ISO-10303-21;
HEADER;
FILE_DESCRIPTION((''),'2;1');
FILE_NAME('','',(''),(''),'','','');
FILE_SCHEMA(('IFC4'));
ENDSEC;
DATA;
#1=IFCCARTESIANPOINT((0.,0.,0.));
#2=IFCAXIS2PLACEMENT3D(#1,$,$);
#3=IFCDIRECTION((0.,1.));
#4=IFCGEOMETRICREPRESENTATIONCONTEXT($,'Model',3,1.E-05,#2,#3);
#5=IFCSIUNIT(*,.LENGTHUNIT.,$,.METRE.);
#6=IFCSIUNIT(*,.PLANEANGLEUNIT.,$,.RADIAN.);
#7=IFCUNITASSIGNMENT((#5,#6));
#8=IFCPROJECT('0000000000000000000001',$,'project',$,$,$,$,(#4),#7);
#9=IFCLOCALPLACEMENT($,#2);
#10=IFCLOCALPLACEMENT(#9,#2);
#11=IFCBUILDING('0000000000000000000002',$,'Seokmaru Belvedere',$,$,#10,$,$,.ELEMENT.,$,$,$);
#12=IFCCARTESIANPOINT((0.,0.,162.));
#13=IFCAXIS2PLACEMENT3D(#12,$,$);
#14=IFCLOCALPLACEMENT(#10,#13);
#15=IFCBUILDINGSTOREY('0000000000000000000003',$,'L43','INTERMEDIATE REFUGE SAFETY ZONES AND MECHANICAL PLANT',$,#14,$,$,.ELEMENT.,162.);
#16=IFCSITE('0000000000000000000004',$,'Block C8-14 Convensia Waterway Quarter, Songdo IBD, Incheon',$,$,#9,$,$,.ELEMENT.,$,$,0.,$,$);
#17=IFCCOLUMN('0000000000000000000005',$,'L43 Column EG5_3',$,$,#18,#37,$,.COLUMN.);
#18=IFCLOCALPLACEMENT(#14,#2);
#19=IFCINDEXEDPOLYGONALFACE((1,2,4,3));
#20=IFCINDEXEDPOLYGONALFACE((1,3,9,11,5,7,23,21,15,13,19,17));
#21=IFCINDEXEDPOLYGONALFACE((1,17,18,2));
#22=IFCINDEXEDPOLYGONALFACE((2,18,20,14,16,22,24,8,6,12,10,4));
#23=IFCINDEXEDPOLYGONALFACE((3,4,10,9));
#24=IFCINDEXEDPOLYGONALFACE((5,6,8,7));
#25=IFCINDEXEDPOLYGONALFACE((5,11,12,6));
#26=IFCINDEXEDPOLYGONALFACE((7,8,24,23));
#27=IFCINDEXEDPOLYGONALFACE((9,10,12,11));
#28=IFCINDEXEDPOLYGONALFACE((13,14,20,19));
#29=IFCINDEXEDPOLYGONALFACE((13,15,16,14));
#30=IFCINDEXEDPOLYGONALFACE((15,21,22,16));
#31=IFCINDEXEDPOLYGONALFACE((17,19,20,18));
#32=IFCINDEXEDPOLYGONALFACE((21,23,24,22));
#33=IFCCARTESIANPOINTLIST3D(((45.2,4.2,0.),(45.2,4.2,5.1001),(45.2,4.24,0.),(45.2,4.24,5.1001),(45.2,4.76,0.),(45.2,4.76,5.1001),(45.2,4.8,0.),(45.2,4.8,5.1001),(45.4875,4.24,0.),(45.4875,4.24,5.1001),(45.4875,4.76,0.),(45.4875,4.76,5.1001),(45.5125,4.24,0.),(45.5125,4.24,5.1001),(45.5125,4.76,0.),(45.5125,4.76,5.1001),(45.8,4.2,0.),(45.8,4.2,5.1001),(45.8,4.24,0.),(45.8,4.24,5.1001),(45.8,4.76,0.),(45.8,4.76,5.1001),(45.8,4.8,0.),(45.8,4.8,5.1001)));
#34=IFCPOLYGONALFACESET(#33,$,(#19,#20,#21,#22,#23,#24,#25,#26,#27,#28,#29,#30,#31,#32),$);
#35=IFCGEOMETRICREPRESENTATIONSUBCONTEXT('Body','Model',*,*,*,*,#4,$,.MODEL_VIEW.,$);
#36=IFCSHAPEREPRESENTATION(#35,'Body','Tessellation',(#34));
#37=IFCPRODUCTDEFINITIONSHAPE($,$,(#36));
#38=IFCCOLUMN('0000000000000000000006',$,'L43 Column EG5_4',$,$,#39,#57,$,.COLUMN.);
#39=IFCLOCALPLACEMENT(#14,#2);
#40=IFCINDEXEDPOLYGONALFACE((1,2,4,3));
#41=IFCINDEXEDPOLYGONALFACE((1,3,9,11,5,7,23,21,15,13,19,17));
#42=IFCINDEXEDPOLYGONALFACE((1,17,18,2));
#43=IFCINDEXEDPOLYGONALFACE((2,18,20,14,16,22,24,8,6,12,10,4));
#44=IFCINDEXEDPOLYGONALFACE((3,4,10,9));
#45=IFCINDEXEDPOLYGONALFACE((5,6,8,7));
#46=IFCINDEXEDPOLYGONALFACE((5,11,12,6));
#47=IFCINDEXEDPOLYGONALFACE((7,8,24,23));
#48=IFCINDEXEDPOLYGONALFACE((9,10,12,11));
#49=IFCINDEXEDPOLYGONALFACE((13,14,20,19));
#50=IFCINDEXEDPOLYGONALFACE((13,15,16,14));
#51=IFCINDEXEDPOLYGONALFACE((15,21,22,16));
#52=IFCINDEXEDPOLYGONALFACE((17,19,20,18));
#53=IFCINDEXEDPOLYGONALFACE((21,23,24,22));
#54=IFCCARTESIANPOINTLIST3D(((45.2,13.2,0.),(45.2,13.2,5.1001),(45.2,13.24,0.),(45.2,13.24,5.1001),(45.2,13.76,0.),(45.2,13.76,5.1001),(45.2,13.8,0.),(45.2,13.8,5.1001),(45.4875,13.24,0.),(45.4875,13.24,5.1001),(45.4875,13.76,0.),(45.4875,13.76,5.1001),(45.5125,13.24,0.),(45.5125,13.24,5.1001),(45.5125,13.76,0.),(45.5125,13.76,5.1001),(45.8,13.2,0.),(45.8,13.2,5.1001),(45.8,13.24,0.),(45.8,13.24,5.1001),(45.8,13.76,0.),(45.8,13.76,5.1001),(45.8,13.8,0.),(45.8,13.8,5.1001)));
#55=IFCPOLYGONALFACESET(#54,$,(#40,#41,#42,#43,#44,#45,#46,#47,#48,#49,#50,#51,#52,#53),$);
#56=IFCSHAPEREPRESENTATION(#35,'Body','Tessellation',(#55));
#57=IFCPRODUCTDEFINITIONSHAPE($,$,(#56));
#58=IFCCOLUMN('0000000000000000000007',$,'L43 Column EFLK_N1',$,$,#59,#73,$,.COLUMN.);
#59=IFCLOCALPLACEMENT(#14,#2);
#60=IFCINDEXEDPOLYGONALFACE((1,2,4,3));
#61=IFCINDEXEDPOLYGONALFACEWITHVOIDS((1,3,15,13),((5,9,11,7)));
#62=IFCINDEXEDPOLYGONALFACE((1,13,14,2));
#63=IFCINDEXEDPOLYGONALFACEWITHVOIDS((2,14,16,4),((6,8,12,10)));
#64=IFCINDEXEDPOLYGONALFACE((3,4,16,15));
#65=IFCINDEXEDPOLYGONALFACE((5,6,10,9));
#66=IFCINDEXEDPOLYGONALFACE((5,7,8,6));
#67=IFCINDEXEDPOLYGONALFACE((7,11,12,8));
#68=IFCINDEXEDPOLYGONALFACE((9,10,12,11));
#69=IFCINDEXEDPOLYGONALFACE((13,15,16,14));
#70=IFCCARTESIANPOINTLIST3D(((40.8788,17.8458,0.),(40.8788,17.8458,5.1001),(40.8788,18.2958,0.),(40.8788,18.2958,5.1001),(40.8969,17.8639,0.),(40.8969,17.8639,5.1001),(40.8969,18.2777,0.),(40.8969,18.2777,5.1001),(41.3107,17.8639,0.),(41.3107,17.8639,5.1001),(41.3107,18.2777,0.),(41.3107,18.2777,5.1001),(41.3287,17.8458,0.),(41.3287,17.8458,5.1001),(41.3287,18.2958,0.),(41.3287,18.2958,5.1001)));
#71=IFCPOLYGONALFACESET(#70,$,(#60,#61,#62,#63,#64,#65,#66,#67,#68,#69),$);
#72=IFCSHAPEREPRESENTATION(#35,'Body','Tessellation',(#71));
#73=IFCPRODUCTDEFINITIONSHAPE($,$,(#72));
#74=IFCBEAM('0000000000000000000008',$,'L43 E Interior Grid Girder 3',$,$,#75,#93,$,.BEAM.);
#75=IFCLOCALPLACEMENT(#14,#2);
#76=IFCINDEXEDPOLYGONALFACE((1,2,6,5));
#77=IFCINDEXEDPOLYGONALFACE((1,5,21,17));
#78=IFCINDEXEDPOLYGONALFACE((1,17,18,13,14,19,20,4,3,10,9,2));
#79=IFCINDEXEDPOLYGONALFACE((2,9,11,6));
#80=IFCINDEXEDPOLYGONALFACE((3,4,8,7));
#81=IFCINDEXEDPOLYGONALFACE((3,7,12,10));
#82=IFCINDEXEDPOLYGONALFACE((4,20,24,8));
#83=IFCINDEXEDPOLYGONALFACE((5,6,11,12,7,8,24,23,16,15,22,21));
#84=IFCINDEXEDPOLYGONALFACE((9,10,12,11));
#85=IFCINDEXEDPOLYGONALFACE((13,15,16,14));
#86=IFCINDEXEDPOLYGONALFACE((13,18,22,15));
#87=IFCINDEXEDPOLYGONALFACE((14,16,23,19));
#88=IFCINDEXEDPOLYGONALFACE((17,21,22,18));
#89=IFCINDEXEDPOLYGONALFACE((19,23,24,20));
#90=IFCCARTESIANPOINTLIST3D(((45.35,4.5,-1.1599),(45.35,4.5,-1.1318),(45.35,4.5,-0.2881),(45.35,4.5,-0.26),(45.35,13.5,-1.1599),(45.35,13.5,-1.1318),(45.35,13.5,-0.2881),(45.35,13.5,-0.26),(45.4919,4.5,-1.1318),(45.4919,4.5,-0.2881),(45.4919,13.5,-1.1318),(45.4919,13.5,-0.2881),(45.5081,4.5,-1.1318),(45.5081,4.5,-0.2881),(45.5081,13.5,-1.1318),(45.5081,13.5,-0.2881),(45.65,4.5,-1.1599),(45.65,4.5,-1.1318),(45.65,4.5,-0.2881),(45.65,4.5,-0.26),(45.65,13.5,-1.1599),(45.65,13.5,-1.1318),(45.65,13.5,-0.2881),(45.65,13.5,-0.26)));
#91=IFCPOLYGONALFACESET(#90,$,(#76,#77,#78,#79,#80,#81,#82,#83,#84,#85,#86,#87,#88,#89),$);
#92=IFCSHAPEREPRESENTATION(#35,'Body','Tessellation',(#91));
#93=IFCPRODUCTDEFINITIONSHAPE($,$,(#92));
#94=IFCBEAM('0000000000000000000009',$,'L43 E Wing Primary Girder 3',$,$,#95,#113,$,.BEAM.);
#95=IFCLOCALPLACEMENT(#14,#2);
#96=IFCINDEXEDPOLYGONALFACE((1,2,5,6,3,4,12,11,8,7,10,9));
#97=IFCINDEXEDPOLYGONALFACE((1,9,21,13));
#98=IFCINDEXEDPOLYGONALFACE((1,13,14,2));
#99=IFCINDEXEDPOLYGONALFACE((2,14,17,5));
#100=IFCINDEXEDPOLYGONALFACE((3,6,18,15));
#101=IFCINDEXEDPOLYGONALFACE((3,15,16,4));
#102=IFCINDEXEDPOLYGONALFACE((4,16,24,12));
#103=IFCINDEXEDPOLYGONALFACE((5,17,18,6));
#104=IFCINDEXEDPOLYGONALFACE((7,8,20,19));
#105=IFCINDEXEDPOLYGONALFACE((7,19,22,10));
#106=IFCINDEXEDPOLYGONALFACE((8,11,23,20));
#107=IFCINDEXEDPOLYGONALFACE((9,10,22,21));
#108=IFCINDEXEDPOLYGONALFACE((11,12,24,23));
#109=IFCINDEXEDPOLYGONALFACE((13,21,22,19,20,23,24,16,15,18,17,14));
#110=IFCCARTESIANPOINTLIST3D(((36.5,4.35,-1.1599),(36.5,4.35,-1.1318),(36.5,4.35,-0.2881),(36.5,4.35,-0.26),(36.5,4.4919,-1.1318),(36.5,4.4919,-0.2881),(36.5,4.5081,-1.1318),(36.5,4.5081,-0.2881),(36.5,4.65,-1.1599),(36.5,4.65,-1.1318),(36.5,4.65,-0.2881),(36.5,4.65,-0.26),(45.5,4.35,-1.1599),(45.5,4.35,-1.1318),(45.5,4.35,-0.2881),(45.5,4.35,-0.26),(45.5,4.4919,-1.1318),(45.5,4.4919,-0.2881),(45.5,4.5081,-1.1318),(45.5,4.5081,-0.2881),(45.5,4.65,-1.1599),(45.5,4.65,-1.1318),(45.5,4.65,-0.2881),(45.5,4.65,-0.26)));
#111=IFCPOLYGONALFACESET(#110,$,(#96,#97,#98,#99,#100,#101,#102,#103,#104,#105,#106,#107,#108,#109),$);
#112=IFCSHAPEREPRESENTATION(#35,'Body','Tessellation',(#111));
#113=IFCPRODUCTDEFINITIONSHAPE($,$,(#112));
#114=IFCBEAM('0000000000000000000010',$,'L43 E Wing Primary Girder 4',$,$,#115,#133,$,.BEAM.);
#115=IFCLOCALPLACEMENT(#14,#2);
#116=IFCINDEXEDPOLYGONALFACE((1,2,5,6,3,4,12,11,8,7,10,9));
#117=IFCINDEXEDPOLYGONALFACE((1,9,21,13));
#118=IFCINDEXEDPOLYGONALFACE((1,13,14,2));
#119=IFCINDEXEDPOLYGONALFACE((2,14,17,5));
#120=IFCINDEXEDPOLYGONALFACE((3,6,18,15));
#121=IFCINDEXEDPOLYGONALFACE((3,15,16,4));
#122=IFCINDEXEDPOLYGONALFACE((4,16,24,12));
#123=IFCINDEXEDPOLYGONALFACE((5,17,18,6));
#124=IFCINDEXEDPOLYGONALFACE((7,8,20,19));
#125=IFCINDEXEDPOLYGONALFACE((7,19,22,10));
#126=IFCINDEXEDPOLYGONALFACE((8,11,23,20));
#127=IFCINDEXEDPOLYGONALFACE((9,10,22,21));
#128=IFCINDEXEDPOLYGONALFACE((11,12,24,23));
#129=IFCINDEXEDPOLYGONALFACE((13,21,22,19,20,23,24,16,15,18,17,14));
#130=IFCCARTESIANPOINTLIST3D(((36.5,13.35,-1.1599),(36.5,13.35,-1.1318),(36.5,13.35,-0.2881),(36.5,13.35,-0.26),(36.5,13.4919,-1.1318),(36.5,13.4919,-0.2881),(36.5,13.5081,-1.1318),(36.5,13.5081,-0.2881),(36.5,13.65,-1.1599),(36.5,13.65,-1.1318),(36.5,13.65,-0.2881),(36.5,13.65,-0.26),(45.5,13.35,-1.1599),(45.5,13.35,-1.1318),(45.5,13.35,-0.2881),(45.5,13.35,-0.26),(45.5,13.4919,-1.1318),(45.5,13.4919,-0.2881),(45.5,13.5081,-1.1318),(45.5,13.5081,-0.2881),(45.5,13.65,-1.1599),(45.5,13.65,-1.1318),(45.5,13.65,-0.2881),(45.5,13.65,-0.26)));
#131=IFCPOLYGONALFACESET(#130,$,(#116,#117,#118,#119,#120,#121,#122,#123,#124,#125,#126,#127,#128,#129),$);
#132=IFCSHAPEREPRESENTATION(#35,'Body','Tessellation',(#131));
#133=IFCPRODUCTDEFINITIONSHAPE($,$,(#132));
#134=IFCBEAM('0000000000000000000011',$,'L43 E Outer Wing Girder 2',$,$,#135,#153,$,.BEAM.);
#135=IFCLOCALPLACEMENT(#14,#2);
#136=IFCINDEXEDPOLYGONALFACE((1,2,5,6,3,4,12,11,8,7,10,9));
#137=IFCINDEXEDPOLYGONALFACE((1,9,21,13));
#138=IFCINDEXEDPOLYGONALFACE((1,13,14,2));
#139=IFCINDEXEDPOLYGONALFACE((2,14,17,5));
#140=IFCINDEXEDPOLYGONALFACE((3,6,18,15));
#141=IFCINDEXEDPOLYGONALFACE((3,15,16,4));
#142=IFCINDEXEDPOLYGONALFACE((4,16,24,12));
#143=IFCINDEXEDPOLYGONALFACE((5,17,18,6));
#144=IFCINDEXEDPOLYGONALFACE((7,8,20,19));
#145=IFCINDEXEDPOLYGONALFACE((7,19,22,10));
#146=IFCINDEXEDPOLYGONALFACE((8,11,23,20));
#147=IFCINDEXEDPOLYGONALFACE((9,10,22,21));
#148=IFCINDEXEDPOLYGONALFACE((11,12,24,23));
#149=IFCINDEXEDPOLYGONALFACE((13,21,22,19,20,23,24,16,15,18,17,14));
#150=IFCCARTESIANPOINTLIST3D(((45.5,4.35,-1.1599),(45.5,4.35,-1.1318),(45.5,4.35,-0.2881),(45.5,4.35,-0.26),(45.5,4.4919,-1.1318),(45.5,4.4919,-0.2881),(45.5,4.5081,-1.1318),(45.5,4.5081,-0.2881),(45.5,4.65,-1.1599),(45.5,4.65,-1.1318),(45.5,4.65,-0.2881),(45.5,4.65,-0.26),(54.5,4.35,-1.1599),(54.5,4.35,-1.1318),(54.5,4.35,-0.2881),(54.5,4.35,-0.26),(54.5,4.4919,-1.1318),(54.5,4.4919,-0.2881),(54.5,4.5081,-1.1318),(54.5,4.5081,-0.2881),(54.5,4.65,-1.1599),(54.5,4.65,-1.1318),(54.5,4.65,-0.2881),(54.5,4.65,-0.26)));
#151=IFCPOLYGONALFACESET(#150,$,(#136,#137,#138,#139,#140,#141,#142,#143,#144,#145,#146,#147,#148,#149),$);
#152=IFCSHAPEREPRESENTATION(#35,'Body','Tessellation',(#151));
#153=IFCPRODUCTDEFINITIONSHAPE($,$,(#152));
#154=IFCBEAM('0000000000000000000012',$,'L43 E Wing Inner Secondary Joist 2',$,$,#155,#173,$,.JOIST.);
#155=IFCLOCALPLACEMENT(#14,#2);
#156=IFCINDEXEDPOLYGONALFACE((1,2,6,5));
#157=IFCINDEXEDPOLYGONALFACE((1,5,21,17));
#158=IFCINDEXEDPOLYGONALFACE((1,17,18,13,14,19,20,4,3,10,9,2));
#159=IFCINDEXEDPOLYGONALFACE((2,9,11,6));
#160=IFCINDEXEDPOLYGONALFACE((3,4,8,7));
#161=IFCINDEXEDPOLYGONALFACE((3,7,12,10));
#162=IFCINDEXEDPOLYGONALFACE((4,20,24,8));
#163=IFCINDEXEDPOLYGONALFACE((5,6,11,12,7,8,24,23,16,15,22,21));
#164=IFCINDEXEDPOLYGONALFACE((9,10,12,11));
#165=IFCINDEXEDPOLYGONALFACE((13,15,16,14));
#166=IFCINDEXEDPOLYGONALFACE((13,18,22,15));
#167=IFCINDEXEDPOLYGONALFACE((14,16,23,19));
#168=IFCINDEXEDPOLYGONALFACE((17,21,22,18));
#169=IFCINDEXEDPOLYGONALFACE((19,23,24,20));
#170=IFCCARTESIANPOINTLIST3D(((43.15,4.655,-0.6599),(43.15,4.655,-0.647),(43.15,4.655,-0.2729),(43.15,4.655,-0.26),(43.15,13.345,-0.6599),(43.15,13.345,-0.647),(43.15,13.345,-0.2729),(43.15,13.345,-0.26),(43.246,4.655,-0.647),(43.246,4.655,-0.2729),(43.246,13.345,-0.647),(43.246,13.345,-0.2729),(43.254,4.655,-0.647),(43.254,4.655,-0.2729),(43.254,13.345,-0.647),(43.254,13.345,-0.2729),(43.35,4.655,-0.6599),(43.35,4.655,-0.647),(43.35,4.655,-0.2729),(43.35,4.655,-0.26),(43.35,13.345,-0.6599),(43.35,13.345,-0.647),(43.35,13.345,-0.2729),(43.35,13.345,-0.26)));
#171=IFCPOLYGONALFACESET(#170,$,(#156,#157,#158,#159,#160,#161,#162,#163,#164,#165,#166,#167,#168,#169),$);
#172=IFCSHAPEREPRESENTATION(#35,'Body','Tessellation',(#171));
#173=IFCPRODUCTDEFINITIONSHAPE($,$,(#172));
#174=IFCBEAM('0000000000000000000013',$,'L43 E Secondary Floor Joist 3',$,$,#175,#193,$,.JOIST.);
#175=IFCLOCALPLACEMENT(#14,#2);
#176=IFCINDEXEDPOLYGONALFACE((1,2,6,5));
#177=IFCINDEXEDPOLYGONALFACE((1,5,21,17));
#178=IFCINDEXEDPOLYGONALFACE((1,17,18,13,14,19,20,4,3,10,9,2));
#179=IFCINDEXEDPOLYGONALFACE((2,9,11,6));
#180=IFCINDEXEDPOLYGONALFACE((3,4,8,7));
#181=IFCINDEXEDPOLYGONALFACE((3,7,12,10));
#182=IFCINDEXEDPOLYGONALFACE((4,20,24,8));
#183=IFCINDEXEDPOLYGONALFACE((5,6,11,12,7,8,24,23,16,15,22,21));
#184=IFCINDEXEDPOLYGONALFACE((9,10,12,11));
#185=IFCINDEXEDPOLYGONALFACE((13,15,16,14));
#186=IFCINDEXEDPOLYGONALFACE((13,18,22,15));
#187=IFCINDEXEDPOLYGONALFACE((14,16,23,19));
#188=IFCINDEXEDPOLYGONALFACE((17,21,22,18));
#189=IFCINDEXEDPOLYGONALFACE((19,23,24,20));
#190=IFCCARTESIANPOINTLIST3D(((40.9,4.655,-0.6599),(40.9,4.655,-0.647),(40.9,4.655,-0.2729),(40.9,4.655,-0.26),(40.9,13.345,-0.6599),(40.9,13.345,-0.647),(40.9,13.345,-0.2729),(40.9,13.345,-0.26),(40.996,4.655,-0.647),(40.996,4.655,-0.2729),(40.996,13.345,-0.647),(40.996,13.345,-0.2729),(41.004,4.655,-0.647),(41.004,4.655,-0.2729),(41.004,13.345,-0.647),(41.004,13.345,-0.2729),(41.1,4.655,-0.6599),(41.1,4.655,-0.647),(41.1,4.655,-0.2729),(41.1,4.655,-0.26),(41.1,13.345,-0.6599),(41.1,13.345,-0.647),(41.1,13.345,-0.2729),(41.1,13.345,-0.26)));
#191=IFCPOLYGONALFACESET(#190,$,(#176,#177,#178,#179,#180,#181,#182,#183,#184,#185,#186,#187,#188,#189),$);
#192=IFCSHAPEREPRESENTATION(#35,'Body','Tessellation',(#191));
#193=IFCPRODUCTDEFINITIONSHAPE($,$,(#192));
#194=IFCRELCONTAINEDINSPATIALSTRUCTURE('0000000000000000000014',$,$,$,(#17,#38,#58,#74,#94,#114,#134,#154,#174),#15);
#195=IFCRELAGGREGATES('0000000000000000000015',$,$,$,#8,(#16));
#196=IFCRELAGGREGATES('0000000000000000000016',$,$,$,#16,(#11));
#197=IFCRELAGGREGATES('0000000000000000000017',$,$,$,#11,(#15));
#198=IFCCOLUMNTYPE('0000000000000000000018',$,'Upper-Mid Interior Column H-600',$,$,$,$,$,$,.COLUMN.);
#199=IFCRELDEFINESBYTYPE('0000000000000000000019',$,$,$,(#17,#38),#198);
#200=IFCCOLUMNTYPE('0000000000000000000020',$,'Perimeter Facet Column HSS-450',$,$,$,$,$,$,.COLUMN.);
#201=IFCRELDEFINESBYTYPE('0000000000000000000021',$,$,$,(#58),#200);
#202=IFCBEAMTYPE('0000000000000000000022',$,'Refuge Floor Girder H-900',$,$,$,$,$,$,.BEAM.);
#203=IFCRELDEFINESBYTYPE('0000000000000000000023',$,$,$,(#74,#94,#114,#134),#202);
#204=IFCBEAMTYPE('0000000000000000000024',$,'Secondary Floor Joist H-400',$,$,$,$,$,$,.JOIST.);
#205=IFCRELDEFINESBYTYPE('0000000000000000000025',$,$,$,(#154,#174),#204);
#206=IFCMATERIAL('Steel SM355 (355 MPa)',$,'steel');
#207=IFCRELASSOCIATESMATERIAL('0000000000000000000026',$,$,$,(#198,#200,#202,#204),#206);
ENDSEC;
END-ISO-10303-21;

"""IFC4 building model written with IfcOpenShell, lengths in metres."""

from ifc_helpers import new_model, si_unit, direction, frame, origin, origin_2d, place, context, subcontext, project, spatial, hollow_rectangle, i_section, extrude, source, transform, mapped, material, material_profile, profile_set, type_object, type_shapes, element, save


model = new_model("IFC4")

# Units and contexts
model_context = context("Model", 3, precision=1e-05, world=origin(), true_north=direction((0.0, 1.0)))
body_context = subcontext(model_context, "Body", "Model", "MODEL_VIEW")
ifc_project = project(units=[si_unit("LENGTHUNIT", "METRE"), si_unit("PLANEANGLEUNIT", "RADIAN")], contexts=[model_context])

# Site, building, storey
site_placement = place(None, origin())
site = spatial("IfcSite", under=ifc_project, at=site_placement, Name="Block C8-14 Convensia Waterway Quarter, Songdo IBD, Incheon", CompositionType="ELEMENT", RefElevation=0.0)
building_placement = place(site_placement, origin())
building = spatial("IfcBuilding", under=site, at=building_placement, Name="Seokmaru Belvedere", CompositionType="ELEMENT")
storey_placement = place(building_placement, frame((0.0, 0.0, 162.0)))
storey = spatial("IfcBuildingStorey", under=building, at=storey_placement, Name="L43", Description="INTERMEDIATE REFUGE SAFETY ZONES AND MECHANICAL PLANT", CompositionType="ELEMENT", Elevation=162.0)

# Columns
ifc_material_1 = material(Name="Steel SM355 (355 MPa)", Category="steel")
ifc_material_profile_1 = material_profile(ifc_material_1, i_section(OverallWidth=0.6001, OverallDepth=0.6001, WebThickness=0.0249, FlangeThickness=0.04, at=origin_2d()), Name="H-600x600x25x40")
ifc_profile_set_1 = profile_set([ifc_material_profile_1], Name="Steel SM355 (355 MPa)")
column_type_1 = type_object("IfcColumnType", Name="Upper-Mid Interior Column H-600", PredefinedType="COLUMN", material=ifc_profile_set_1)
shared_shape_1 = source(origin(), body_context, "Body", "SweptSolid", [
    extrude(i_section(OverallWidth=0.6001, OverallDepth=0.6001, WebThickness=0.0249, FlangeThickness=0.04, at=origin_2d()), origin(), (0.0, 0.0, 1.0), 5.1001),
])
type_shapes(column_type_1, [shared_shape_1])
for number, where, z_axis, x_axis, name in (
    (1, (45.5, 4.5, 0.0), (0.0, 0.0, 1.0), (1.0, 0.0, 0.0), "L43 Column EG5_3"),
    (2, (45.5, 13.5, 0.0), (0.0, 0.0, 1.0), (1.0, 0.0, 0.0), "L43 Column EG5_4"),
):
    element("IfcColumn", number, at=place(storey_placement, frame(where, z_axis=z_axis, x_axis=x_axis)), inside=storey, type_object=column_type_1, Name=name, PredefinedType="COLUMN", context=body_context, shape_type="MappedRepresentation", body=[
        mapped(shared_shape_1, transform((0.0, 0.0, 0.0), scale=1.0)),
    ])
ifc_material_profile_2 = material_profile(ifc_material_1, hollow_rectangle(XDim=0.45, YDim=0.45, WallThickness=0.0181, at=origin_2d()), Name="HSS-450x450x18")
ifc_profile_set_2 = profile_set([ifc_material_profile_2], Name="Steel SM355 (355 MPa)")
column_type_2 = type_object("IfcColumnType", Name="Perimeter Facet Column HSS-450", PredefinedType="COLUMN", material=ifc_profile_set_2)
shared_shape_2 = source(origin(), body_context, "Body", "SweptSolid", [
    extrude(hollow_rectangle(XDim=0.45, YDim=0.45, WallThickness=0.0181, at=origin_2d()), origin(), (0.0, 0.0, 1.0), 5.1001),
])
type_shapes(column_type_2, [shared_shape_2])
column_placement = place(storey_placement, frame((41.1038, 18.0708, 0.0), z_axis=(0.0, 0.0, 1.0), x_axis=(1.0, 0.0, 0.0)))
element("IfcColumn", 3, at=column_placement, inside=storey, type_object=column_type_2, Name="L43 Column EFLK_N1", PredefinedType="COLUMN", context=body_context, shape_type="MappedRepresentation", body=[
    mapped(shared_shape_2, transform((0.0, 0.0, 0.0), scale=1.0)),
])

# Beams
ifc_material_profile_3 = material_profile(ifc_material_1, i_section(OverallWidth=0.3, OverallDepth=0.8999, WebThickness=0.0161, FlangeThickness=0.0281, at=origin_2d()), Name="H-900x300x16x28")
ifc_profile_set_3 = profile_set([ifc_material_profile_3], Name="Steel SM355 (355 MPa)")
beam_type_1 = type_object("IfcBeamType", Name="Refuge Floor Girder H-900", PredefinedType="BEAM", material=ifc_profile_set_3)
shared_shape_3 = source(origin(), body_context, "Body", "SweptSolid", [
    extrude(i_section(OverallWidth=0.3, OverallDepth=0.8999, WebThickness=0.0161, FlangeThickness=0.0281, at=origin_2d()), origin(), (0.0, 0.0, 1.0), 9.0),
])
for number, where, z_axis, x_axis, name in (
    (4, (45.5, 4.5, -0.71), (0.0, 1.0, 0.0), (-1.0, 0.0, 0.0), "L43 E Interior Grid Girder 3"),
    (5, (36.5, 4.5, -0.71), (1.0, 0.0, 0.0), (0.0, 1.0, 0.0), "L43 E Wing Primary Girder 3"),
    (6, (36.5, 13.5, -0.71), (1.0, 0.0, 0.0), (0.0, 1.0, 0.0), "L43 E Wing Primary Girder 4"),
    (7, (45.5, 4.5, -0.71), (1.0, 0.0, 0.0), (0.0, 1.0, 0.0), "L43 E Outer Wing Girder 2"),
):
    element("IfcBeam", number, at=place(storey_placement, frame(where, z_axis=z_axis, x_axis=x_axis)), inside=storey, type_object=beam_type_1, Name=name, PredefinedType="BEAM", context=body_context, shape_type="MappedRepresentation", body=[
        mapped(shared_shape_3, transform((0.0, 0.0, 0.0), scale=1.0)),
    ])
ifc_material_profile_4 = material_profile(ifc_material_1, i_section(OverallWidth=0.2, OverallDepth=0.3999, WebThickness=0.0081, FlangeThickness=0.0129, at=origin_2d()), Name="H-400x200x8x13")
ifc_profile_set_4 = profile_set([ifc_material_profile_4], Name="Steel SM355 (355 MPa)")
beam_type_2 = type_object("IfcBeamType", Name="Secondary Floor Joist H-400", PredefinedType="JOIST", material=ifc_profile_set_4)
shared_shape_4 = source(origin(), body_context, "Body", "SweptSolid", [
    extrude(i_section(OverallWidth=0.2, OverallDepth=0.3999, WebThickness=0.0081, FlangeThickness=0.0129, at=origin_2d()), origin(), (0.0, 0.0, 1.0), 8.6899),
])
type_shapes(beam_type_2, [shared_shape_4])
for number, where, z_axis, x_axis, name in (
    (8, (43.25, 4.655, -0.46), (0.0, 1.0, 0.0), (-1.0, 0.0, 0.0), "L43 E Wing Inner Secondary Joist 2"),
    (9, (41.0, 4.655, -0.46), (0.0, 1.0, 0.0), (-1.0, 0.0, 0.0), "L43 E Secondary Floor Joist 3"),
):
    element("IfcBeam", number, at=place(storey_placement, frame(where, z_axis=z_axis, x_axis=x_axis)), inside=storey, type_object=beam_type_2, Name=name, PredefinedType="JOIST", context=body_context, shape_type="MappedRepresentation", body=[
        mapped(shared_shape_4, transform((0.0, 0.0, 0.0), scale=1.0)),
    ])

save(model, "model.ifc")
